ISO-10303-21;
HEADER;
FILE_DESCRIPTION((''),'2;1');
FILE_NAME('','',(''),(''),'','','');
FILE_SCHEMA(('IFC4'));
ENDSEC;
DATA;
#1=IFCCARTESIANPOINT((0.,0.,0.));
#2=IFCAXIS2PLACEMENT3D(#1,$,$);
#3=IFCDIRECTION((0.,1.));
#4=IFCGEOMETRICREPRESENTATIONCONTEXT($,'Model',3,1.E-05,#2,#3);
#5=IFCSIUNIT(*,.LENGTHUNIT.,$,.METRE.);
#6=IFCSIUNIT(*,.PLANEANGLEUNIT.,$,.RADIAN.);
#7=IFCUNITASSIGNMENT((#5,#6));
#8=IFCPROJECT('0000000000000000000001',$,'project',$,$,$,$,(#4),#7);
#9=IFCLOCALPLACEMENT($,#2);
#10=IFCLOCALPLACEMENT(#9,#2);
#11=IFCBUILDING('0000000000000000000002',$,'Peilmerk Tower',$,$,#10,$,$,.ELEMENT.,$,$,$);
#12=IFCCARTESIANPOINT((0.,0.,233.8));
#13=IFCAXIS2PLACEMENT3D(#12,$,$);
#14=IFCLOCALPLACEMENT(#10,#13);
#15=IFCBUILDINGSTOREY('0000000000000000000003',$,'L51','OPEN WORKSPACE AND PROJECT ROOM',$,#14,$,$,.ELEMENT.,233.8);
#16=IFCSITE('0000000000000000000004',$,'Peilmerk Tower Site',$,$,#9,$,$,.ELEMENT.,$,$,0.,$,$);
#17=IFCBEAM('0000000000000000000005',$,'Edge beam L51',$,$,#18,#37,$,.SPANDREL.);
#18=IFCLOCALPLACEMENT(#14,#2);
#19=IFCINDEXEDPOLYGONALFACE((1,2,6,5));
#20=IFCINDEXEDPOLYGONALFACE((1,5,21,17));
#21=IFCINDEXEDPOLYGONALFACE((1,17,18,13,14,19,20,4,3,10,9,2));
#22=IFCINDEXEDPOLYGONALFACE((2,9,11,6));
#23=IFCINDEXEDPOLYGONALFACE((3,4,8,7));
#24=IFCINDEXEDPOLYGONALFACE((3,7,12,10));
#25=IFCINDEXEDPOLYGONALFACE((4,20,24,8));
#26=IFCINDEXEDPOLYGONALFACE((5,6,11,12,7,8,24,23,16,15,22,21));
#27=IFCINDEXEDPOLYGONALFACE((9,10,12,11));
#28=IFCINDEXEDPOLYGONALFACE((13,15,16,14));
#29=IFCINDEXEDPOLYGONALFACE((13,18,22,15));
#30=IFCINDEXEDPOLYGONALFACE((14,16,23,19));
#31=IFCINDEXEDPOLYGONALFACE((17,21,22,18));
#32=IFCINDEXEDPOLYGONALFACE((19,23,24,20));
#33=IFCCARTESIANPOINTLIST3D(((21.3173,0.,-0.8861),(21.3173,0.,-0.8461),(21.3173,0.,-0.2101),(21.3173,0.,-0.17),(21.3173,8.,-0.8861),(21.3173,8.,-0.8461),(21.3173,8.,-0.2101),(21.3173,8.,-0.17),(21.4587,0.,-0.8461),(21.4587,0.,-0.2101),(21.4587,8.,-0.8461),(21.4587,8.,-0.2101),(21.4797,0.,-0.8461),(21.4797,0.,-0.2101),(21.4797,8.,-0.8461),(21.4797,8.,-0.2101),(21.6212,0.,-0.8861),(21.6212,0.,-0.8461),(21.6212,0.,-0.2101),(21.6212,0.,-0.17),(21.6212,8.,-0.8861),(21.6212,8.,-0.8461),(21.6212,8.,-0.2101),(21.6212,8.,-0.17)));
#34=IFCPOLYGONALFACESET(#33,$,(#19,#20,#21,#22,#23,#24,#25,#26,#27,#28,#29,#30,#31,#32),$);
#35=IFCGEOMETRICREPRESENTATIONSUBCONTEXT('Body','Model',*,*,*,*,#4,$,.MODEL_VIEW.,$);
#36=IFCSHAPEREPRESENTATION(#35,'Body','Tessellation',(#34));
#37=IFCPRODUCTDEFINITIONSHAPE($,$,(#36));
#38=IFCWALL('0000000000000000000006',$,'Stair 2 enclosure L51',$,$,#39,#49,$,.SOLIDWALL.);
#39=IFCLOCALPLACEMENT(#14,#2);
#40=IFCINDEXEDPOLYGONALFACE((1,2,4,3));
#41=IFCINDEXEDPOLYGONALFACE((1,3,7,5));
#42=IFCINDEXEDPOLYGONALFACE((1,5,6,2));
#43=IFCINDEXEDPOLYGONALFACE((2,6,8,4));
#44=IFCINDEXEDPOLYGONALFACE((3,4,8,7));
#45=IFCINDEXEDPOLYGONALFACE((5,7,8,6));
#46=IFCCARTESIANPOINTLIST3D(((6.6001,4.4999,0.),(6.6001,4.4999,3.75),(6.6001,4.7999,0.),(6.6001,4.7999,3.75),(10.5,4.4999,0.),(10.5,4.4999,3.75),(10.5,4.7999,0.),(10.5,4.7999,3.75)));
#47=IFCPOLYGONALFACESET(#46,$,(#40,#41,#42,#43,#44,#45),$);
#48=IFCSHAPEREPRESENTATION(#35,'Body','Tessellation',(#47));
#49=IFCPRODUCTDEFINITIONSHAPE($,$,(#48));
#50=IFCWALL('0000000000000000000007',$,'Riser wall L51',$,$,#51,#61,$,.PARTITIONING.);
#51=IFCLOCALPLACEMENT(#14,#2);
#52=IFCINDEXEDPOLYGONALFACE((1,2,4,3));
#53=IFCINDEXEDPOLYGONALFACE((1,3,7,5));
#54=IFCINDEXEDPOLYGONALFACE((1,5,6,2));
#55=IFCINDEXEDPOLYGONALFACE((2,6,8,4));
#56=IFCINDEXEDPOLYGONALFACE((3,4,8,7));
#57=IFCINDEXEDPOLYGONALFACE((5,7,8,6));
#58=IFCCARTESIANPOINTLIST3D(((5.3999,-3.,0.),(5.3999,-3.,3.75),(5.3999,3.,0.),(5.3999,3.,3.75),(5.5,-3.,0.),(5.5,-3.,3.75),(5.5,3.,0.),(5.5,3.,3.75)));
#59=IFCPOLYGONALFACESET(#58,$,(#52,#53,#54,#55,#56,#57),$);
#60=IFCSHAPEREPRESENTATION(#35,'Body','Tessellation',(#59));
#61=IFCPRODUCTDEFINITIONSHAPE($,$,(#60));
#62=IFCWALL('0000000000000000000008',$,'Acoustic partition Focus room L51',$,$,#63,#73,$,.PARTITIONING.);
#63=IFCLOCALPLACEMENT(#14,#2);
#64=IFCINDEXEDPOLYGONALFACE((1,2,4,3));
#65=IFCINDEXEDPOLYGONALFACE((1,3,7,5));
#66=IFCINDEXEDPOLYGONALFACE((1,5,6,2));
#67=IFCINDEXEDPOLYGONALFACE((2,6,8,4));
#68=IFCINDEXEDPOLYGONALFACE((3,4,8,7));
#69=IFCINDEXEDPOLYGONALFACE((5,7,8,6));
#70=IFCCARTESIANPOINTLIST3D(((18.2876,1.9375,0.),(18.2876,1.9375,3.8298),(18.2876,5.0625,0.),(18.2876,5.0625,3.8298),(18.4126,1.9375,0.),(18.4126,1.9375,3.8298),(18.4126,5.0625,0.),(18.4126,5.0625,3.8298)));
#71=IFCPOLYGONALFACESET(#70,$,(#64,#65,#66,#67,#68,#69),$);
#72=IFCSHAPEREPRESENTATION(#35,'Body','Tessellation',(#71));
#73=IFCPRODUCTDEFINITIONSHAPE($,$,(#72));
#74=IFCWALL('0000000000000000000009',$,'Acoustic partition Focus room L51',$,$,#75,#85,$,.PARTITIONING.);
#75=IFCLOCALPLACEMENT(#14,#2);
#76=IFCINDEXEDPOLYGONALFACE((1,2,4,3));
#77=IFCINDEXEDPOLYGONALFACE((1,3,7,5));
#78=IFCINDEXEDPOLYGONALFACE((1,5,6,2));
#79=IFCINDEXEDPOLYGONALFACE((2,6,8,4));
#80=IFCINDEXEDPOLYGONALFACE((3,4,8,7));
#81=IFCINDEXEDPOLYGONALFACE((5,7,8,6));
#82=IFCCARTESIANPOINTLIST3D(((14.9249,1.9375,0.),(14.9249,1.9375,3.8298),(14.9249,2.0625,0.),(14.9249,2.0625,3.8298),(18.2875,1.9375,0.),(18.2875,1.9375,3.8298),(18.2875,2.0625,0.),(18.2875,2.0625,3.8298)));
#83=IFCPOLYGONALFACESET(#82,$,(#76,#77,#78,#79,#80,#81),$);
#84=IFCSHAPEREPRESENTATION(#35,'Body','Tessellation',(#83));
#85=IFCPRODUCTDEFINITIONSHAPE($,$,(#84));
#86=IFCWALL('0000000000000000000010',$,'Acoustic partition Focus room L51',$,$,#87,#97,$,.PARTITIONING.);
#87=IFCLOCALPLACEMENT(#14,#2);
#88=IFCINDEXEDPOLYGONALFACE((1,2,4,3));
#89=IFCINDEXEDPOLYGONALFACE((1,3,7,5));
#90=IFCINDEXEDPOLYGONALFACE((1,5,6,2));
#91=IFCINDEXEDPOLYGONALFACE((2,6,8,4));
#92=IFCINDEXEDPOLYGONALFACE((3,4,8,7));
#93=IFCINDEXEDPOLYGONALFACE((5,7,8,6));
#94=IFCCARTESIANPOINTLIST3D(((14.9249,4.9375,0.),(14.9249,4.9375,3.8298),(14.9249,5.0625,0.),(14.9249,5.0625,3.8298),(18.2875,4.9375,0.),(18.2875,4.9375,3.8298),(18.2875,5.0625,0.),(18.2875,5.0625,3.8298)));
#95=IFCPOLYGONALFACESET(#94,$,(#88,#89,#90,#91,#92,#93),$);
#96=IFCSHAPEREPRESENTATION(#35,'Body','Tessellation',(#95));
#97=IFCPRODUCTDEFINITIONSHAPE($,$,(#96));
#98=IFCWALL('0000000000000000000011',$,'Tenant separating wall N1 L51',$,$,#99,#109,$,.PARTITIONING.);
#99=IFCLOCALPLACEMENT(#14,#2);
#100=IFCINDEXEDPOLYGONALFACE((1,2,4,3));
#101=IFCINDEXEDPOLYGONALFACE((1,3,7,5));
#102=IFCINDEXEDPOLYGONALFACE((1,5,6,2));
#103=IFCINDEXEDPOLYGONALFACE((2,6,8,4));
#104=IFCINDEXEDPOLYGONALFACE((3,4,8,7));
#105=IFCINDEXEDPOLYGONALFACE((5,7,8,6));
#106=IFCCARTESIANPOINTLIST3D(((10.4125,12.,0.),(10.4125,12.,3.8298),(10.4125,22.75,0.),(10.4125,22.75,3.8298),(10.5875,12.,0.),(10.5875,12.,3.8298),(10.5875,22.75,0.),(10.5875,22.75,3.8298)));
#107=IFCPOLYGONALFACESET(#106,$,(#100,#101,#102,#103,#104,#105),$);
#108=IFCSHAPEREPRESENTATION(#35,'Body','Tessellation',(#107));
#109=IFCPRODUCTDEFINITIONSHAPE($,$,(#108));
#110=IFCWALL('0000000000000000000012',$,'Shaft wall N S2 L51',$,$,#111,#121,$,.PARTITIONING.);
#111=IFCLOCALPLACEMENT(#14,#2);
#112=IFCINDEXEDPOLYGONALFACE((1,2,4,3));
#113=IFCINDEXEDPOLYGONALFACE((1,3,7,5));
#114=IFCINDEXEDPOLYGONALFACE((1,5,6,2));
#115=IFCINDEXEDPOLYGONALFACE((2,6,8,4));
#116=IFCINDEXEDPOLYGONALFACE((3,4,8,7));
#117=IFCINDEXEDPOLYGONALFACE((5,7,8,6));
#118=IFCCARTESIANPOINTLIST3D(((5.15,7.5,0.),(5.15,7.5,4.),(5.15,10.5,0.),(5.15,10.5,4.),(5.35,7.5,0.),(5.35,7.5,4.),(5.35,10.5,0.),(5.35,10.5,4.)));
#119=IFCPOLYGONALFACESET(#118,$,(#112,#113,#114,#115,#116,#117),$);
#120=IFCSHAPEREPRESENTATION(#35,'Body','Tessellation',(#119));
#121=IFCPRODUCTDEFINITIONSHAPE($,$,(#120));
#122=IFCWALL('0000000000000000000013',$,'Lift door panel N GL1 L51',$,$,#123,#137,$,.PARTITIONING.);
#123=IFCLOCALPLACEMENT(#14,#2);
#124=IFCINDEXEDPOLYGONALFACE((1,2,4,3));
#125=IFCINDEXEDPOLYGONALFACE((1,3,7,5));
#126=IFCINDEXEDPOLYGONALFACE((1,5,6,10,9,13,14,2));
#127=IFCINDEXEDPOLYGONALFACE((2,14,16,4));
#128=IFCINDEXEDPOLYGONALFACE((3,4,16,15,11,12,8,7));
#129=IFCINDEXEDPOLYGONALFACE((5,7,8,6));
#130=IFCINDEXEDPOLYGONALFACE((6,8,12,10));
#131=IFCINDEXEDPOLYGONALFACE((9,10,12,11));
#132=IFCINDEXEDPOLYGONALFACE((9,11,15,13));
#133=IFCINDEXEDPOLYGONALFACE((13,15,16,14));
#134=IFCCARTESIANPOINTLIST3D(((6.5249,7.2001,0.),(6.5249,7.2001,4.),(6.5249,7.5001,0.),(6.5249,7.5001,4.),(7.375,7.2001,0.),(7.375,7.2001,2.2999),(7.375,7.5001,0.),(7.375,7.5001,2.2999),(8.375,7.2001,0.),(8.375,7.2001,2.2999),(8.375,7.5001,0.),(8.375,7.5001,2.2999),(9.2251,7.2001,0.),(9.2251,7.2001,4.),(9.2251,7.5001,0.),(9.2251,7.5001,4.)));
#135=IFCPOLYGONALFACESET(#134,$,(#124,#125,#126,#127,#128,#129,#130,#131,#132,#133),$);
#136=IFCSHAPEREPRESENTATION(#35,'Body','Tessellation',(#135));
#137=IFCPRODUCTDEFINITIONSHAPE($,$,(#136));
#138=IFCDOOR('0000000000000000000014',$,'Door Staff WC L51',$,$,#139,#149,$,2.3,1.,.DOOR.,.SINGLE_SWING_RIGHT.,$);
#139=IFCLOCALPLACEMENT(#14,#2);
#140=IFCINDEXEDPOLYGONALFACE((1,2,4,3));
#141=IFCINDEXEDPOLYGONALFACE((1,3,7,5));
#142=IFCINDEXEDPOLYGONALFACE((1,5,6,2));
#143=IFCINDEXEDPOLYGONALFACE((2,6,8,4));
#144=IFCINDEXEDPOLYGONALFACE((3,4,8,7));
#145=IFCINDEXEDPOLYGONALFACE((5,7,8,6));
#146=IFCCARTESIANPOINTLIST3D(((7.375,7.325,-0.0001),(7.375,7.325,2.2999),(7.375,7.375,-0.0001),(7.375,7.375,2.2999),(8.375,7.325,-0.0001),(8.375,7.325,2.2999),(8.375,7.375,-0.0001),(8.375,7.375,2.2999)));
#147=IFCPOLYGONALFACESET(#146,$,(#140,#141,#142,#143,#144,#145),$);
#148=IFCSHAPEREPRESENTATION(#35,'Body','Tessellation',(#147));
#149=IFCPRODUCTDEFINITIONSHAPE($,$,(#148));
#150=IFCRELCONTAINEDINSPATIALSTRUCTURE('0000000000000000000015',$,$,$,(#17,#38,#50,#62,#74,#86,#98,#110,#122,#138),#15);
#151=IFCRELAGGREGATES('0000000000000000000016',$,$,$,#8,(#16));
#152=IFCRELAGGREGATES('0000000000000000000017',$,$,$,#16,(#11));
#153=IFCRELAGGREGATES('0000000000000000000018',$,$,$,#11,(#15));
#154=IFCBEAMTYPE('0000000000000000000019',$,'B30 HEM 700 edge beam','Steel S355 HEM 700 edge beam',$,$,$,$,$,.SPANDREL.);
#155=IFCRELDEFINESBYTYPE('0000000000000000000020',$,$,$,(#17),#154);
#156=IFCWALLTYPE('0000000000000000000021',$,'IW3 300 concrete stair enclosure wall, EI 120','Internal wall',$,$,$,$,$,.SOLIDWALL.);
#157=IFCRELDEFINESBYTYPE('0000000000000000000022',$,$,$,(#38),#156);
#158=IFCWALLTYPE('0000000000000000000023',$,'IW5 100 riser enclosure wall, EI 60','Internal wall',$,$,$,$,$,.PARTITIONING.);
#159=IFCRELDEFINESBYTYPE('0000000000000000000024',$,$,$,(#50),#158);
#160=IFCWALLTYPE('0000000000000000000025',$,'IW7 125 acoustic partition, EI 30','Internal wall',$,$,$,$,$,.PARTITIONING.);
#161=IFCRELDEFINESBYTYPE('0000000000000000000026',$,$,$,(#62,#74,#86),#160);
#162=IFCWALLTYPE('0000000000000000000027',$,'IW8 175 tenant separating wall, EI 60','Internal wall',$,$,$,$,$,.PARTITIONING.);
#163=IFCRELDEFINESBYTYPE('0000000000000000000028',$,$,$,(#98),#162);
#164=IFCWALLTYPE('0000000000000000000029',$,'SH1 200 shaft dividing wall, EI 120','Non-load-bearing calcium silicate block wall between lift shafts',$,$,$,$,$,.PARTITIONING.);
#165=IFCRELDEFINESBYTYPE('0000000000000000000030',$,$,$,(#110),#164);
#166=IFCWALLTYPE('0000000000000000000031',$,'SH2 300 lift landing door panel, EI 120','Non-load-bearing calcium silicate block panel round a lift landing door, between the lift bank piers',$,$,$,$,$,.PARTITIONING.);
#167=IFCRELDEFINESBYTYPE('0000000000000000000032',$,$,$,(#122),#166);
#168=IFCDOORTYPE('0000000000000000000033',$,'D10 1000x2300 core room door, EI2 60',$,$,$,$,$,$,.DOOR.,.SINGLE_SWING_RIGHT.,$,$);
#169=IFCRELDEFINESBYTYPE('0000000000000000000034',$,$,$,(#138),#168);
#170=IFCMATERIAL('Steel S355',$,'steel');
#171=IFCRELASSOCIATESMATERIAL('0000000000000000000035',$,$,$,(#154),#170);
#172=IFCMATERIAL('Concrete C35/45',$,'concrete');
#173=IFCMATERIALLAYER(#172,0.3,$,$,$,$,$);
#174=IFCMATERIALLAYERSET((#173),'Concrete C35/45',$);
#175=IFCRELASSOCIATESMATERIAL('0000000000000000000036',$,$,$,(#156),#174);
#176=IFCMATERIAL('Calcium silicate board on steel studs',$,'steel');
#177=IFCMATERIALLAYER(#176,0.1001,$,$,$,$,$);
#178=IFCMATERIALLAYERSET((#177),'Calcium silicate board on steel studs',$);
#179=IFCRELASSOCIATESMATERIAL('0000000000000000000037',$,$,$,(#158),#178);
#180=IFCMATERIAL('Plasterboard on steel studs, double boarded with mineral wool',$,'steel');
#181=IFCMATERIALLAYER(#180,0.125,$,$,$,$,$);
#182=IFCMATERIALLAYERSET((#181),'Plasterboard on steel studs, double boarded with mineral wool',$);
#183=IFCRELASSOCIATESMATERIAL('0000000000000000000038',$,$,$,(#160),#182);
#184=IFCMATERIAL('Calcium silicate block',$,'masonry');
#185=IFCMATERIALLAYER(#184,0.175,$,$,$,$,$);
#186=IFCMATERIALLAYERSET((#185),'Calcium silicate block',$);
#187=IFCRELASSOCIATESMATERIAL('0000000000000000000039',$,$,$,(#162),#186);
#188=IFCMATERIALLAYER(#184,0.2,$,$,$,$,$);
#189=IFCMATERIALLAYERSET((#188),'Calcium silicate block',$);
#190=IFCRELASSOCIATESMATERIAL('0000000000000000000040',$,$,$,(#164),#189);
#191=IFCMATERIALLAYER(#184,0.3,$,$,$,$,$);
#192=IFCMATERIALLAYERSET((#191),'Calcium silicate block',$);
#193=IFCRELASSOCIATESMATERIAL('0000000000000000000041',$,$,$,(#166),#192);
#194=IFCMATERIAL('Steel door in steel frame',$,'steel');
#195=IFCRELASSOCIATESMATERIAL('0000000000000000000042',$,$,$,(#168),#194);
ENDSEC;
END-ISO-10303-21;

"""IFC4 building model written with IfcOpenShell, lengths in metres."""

from ifc_helpers import new_model, si_unit, direction, frame, frame_2d, origin, origin_2d, place, context, subcontext, project, spatial, rectangle, i_section, extrude, material, layer, layer_set, material_profile, profile_set, type_object, element, fill, save


model = new_model("IFC4")

# Units and contexts
model_context = context("Model", 3, precision=1e-05, world=origin(), true_north=direction((0.0, 1.0)))
body_context = subcontext(model_context, "Body", "Model", "MODEL_VIEW")
ifc_project = project(units=[si_unit("LENGTHUNIT", "METRE"), si_unit("PLANEANGLEUNIT", "RADIAN")], contexts=[model_context])

# Site, building, storey
site_placement = place(None, origin())
site = spatial("IfcSite", under=ifc_project, at=site_placement, Name="Peilmerk Tower Site", CompositionType="ELEMENT", RefElevation=0.0)
building_placement = place(site_placement, origin())
building = spatial("IfcBuilding", under=site, at=building_placement, Name="Peilmerk Tower", CompositionType="ELEMENT")
storey_placement = place(building_placement, frame((0.0, 0.0, 233.8)))
storey = spatial("IfcBuildingStorey", under=building, at=storey_placement, Name="L51", Description="OPEN WORKSPACE AND PROJECT ROOM", CompositionType="ELEMENT", Elevation=233.8)

# Beam
ifc_material_1 = material(Name="Steel S355", Category="steel")
ifc_material_profile_1 = material_profile(ifc_material_1, i_section(OverallWidth=0.304, OverallDepth=0.7161, WebThickness=0.021, FlangeThickness=0.04, at=origin_2d()), Name="HEM 700")
ifc_profile_set_1 = profile_set([ifc_material_profile_1], Name="Steel S355")
beam_type_1 = type_object("IfcBeamType", Name="B30 HEM 700 edge beam", Description="Steel S355 HEM 700 edge beam", PredefinedType="SPANDREL", material=ifc_profile_set_1)
beam_1_placement = place(storey_placement, frame((21.4692, 0.0, -0.5281), z_axis=(0.0, 1.0, 0.0), x_axis=(-1.0, 0.0, 0.0)))
element("IfcBeam", 1, at=beam_1_placement, inside=storey, type_object=beam_type_1, Name="Edge beam L51", PredefinedType="SPANDREL", context=body_context, shape_type="SweptSolid", body=[
    extrude(i_section(OverallWidth=0.304, OverallDepth=0.7161, WebThickness=0.021, FlangeThickness=0.04, at=origin_2d()), origin(), (0.0, 0.0, 1.0), 8.0),
])

# Walls
ifc_material_2 = material(Name="Concrete C35/45", Category="concrete")
ifc_layer_1 = layer(ifc_material_2, 0.3)
ifc_layer_set_1 = layer_set([ifc_layer_1], Name="Concrete C35/45")
wall_type_1 = type_object("IfcWallType", Name="IW3 300 concrete stair enclosure wall, EI 120", Description="Internal wall", PredefinedType="SOLIDWALL", material=ifc_layer_set_1)
wall_1_placement = place(storey_placement, frame((6.6001, 4.6499, 0.0), z_axis=(0.0, 0.0, 1.0), x_axis=(1.0, 0.0, 0.0)))
element("IfcWall", 2, at=wall_1_placement, inside=storey, type_object=wall_type_1, Name="Stair 2 enclosure L51", PredefinedType="SOLIDWALL", context=body_context, shape_type="SweptSolid", body=[
    extrude(rectangle(XDim=3.8999, YDim=0.3, at=frame_2d((1.95, 0.0))), origin(), (0.0, 0.0, 1.0), 3.75),
])
ifc_material_3 = material(Name="Calcium silicate board on steel studs", Category="steel")
ifc_layer_2 = layer(ifc_material_3, 0.1001)
ifc_layer_set_2 = layer_set([ifc_layer_2], Name="Calcium silicate board on steel studs")
wall_type_2 = type_object("IfcWallType", Name="IW5 100 riser enclosure wall, EI 60", Description="Internal wall", PredefinedType="PARTITIONING", material=ifc_layer_set_2)
wall_2_placement = place(storey_placement, frame((5.45, 3.0, 0.0), z_axis=(0.0, 0.0, 1.0), x_axis=(0.0, -1.0, 0.0)))
element("IfcWall", 3, at=wall_2_placement, inside=storey, type_object=wall_type_2, Name="Riser wall L51", PredefinedType="PARTITIONING", context=body_context, shape_type="SweptSolid", body=[
    extrude(rectangle(XDim=6.0, YDim=0.1001, at=frame_2d((3.0, 0.0))), origin(), (0.0, 0.0, 1.0), 3.75),
])
ifc_material_4 = material(Name="Plasterboard on steel studs, double boarded with mineral wool", Category="steel")
ifc_layer_3 = layer(ifc_material_4, 0.125)
ifc_layer_set_3 = layer_set([ifc_layer_3], Name="Plasterboard on steel studs, double boarded with mineral wool")
wall_type_3 = type_object("IfcWallType", Name="IW7 125 acoustic partition, EI 30", Description="Internal wall", PredefinedType="PARTITIONING", material=ifc_layer_set_3)
wall_3_placement = place(storey_placement, frame((18.3501, 1.9375, 0.0), z_axis=(0.0, 0.0, 1.0), x_axis=(0.0, 1.0, 0.0)))
element("IfcWall", 4, at=wall_3_placement, inside=storey, type_object=wall_type_3, Name="Acoustic partition Focus room L51", PredefinedType="PARTITIONING", context=body_context, shape_type="SweptSolid", body=[
    extrude(rectangle(XDim=3.125, YDim=0.125, at=frame_2d((1.5625, 0.0))), origin(), (0.0, 0.0, 1.0), 3.8298),
])
for number, where, z_axis, x_axis, name in (
    (5, (14.925, 2.0, 0.0), (0.0, 0.0, 1.0), (1.0, 0.0, 0.0), "Acoustic partition Focus room L51"),
    (6, (14.925, 5.0, 0.0), (0.0, 0.0, 1.0), (1.0, 0.0, 0.0), "Acoustic partition Focus room L51"),
):
    element("IfcWall", number, at=place(storey_placement, frame(where, z_axis=z_axis, x_axis=x_axis)), inside=storey, type_object=wall_type_3, Name=name, PredefinedType="PARTITIONING", context=body_context, shape_type="SweptSolid", body=[
        extrude(rectangle(XDim=3.3625, YDim=0.125, at=frame_2d((1.6812, 0.0))), origin(), (0.0, 0.0, 1.0), 3.8298),
    ])
ifc_material_5 = material(Name="Calcium silicate block", Category="masonry")
ifc_layer_4 = layer(ifc_material_5, 0.175)
ifc_layer_set_4 = layer_set([ifc_layer_4], Name="Calcium silicate block")
wall_type_4 = type_object("IfcWallType", Name="IW8 175 tenant separating wall, EI 60", Description="Internal wall", PredefinedType="PARTITIONING", material=ifc_layer_set_4)
wall_4_placement = place(storey_placement, frame((10.5, 12.0, 0.0), z_axis=(0.0, 0.0, 1.0), x_axis=(0.0, 1.0, 0.0)))
element("IfcWall", 7, at=wall_4_placement, inside=storey, type_object=wall_type_4, Name="Tenant separating wall N1 L51", PredefinedType="PARTITIONING", context=body_context, shape_type="SweptSolid", body=[
    extrude(rectangle(XDim=10.75, YDim=0.175, at=frame_2d((5.375, 0.0))), origin(), (0.0, 0.0, 1.0), 3.8298),
])
ifc_layer_5 = layer(ifc_material_5, 0.2)
ifc_layer_set_5 = layer_set([ifc_layer_5], Name="Calcium silicate block")
wall_type_5 = type_object("IfcWallType", Name="SH1 200 shaft dividing wall, EI 120", Description="Non-load-bearing calcium silicate block wall between lift shafts", PredefinedType="PARTITIONING", material=ifc_layer_set_5)
wall_5_placement = place(storey_placement, frame((5.25, 7.5, 0.0), z_axis=(0.0, 0.0, 1.0), x_axis=(0.0, 1.0, 0.0)))
element("IfcWall", 8, at=wall_5_placement, inside=storey, type_object=wall_type_5, Name="Shaft wall N S2 L51", PredefinedType="PARTITIONING", context=body_context, shape_type="SweptSolid", body=[
    extrude(rectangle(XDim=3.0, YDim=0.2, at=frame_2d((1.5, 0.0))), origin(), (0.0, 0.0, 1.0), 4.0),
])

# Wall, opening, door
ifc_layer_6 = layer(ifc_material_5, 0.3)
ifc_layer_set_6 = layer_set([ifc_layer_6], Name="Calcium silicate block")
wall_type_6 = type_object("IfcWallType", Name="SH2 300 lift landing door panel, EI 120", Description="Non-load-bearing calcium silicate block panel round a lift landing door, between the lift bank piers", PredefinedType="PARTITIONING", material=ifc_layer_set_6)
wall_6_placement = place(storey_placement, frame((6.5249, 7.3501, 0.0), z_axis=(0.0, 0.0, 1.0), x_axis=(1.0, 0.0, 0.0)))
wall_6 = element("IfcWall", 9, at=wall_6_placement, inside=storey, type_object=wall_type_6, Name="Lift door panel N GL1 L51", PredefinedType="PARTITIONING", context=body_context, shape_type="SweptSolid", body=[
    extrude(rectangle(XDim=2.7002, YDim=0.3, at=frame_2d((1.3501, 0.0))), origin(), (0.0, 0.0, 1.0), 4.0),
])
opening_1_placement = place(wall_6_placement, frame((0.8501, 0.0, 0.0)))
opening_1 = element("IfcOpeningElement", 10, at=opening_1_placement, cuts=wall_6, PredefinedType="OPENING", context=body_context, shape_type="SweptSolid", body=[
    extrude(rectangle(XDim=1.0, YDim=2.3, at=frame_2d((0.5, 1.1499))), frame((0.0, 0.1599, 0.0), z_axis=(0.0, -1.0, 0.0), x_axis=(1.0, 0.0, 0.0)), (0.0, 0.0, 1.0), 0.3201),
])
ifc_material_6 = material(Name="Steel door in steel frame", Category="steel")
door_type_1 = type_object("IfcDoorType", Name="D10 1000x2300 core room door, EI2 60", OperationType="SINGLE_SWING_RIGHT", PredefinedType="DOOR", material=ifc_material_6)
door_1_placement = place(opening_1_placement, origin())
door_1 = element("IfcDoor", 11, at=door_1_placement, inside=storey, type_object=door_type_1, Name="Door Staff WC L51", OperationType="SINGLE_SWING_RIGHT", OverallHeight=2.3, OverallWidth=1.0, PredefinedType="DOOR", context=body_context, shape_type="SweptSolid", body=[
    extrude(rectangle(XDim=1.0, YDim=2.3, at=frame_2d((0.5, 1.1499))), frame((0.0, 0.0249, 0.0), z_axis=(0.0, -1.0, 0.0), x_axis=(1.0, 0.0, 0.0)), (0.0, 0.0, 1.0), 0.05),
])
fill(opening_1, door_1)

save(model, "model.ifc")
